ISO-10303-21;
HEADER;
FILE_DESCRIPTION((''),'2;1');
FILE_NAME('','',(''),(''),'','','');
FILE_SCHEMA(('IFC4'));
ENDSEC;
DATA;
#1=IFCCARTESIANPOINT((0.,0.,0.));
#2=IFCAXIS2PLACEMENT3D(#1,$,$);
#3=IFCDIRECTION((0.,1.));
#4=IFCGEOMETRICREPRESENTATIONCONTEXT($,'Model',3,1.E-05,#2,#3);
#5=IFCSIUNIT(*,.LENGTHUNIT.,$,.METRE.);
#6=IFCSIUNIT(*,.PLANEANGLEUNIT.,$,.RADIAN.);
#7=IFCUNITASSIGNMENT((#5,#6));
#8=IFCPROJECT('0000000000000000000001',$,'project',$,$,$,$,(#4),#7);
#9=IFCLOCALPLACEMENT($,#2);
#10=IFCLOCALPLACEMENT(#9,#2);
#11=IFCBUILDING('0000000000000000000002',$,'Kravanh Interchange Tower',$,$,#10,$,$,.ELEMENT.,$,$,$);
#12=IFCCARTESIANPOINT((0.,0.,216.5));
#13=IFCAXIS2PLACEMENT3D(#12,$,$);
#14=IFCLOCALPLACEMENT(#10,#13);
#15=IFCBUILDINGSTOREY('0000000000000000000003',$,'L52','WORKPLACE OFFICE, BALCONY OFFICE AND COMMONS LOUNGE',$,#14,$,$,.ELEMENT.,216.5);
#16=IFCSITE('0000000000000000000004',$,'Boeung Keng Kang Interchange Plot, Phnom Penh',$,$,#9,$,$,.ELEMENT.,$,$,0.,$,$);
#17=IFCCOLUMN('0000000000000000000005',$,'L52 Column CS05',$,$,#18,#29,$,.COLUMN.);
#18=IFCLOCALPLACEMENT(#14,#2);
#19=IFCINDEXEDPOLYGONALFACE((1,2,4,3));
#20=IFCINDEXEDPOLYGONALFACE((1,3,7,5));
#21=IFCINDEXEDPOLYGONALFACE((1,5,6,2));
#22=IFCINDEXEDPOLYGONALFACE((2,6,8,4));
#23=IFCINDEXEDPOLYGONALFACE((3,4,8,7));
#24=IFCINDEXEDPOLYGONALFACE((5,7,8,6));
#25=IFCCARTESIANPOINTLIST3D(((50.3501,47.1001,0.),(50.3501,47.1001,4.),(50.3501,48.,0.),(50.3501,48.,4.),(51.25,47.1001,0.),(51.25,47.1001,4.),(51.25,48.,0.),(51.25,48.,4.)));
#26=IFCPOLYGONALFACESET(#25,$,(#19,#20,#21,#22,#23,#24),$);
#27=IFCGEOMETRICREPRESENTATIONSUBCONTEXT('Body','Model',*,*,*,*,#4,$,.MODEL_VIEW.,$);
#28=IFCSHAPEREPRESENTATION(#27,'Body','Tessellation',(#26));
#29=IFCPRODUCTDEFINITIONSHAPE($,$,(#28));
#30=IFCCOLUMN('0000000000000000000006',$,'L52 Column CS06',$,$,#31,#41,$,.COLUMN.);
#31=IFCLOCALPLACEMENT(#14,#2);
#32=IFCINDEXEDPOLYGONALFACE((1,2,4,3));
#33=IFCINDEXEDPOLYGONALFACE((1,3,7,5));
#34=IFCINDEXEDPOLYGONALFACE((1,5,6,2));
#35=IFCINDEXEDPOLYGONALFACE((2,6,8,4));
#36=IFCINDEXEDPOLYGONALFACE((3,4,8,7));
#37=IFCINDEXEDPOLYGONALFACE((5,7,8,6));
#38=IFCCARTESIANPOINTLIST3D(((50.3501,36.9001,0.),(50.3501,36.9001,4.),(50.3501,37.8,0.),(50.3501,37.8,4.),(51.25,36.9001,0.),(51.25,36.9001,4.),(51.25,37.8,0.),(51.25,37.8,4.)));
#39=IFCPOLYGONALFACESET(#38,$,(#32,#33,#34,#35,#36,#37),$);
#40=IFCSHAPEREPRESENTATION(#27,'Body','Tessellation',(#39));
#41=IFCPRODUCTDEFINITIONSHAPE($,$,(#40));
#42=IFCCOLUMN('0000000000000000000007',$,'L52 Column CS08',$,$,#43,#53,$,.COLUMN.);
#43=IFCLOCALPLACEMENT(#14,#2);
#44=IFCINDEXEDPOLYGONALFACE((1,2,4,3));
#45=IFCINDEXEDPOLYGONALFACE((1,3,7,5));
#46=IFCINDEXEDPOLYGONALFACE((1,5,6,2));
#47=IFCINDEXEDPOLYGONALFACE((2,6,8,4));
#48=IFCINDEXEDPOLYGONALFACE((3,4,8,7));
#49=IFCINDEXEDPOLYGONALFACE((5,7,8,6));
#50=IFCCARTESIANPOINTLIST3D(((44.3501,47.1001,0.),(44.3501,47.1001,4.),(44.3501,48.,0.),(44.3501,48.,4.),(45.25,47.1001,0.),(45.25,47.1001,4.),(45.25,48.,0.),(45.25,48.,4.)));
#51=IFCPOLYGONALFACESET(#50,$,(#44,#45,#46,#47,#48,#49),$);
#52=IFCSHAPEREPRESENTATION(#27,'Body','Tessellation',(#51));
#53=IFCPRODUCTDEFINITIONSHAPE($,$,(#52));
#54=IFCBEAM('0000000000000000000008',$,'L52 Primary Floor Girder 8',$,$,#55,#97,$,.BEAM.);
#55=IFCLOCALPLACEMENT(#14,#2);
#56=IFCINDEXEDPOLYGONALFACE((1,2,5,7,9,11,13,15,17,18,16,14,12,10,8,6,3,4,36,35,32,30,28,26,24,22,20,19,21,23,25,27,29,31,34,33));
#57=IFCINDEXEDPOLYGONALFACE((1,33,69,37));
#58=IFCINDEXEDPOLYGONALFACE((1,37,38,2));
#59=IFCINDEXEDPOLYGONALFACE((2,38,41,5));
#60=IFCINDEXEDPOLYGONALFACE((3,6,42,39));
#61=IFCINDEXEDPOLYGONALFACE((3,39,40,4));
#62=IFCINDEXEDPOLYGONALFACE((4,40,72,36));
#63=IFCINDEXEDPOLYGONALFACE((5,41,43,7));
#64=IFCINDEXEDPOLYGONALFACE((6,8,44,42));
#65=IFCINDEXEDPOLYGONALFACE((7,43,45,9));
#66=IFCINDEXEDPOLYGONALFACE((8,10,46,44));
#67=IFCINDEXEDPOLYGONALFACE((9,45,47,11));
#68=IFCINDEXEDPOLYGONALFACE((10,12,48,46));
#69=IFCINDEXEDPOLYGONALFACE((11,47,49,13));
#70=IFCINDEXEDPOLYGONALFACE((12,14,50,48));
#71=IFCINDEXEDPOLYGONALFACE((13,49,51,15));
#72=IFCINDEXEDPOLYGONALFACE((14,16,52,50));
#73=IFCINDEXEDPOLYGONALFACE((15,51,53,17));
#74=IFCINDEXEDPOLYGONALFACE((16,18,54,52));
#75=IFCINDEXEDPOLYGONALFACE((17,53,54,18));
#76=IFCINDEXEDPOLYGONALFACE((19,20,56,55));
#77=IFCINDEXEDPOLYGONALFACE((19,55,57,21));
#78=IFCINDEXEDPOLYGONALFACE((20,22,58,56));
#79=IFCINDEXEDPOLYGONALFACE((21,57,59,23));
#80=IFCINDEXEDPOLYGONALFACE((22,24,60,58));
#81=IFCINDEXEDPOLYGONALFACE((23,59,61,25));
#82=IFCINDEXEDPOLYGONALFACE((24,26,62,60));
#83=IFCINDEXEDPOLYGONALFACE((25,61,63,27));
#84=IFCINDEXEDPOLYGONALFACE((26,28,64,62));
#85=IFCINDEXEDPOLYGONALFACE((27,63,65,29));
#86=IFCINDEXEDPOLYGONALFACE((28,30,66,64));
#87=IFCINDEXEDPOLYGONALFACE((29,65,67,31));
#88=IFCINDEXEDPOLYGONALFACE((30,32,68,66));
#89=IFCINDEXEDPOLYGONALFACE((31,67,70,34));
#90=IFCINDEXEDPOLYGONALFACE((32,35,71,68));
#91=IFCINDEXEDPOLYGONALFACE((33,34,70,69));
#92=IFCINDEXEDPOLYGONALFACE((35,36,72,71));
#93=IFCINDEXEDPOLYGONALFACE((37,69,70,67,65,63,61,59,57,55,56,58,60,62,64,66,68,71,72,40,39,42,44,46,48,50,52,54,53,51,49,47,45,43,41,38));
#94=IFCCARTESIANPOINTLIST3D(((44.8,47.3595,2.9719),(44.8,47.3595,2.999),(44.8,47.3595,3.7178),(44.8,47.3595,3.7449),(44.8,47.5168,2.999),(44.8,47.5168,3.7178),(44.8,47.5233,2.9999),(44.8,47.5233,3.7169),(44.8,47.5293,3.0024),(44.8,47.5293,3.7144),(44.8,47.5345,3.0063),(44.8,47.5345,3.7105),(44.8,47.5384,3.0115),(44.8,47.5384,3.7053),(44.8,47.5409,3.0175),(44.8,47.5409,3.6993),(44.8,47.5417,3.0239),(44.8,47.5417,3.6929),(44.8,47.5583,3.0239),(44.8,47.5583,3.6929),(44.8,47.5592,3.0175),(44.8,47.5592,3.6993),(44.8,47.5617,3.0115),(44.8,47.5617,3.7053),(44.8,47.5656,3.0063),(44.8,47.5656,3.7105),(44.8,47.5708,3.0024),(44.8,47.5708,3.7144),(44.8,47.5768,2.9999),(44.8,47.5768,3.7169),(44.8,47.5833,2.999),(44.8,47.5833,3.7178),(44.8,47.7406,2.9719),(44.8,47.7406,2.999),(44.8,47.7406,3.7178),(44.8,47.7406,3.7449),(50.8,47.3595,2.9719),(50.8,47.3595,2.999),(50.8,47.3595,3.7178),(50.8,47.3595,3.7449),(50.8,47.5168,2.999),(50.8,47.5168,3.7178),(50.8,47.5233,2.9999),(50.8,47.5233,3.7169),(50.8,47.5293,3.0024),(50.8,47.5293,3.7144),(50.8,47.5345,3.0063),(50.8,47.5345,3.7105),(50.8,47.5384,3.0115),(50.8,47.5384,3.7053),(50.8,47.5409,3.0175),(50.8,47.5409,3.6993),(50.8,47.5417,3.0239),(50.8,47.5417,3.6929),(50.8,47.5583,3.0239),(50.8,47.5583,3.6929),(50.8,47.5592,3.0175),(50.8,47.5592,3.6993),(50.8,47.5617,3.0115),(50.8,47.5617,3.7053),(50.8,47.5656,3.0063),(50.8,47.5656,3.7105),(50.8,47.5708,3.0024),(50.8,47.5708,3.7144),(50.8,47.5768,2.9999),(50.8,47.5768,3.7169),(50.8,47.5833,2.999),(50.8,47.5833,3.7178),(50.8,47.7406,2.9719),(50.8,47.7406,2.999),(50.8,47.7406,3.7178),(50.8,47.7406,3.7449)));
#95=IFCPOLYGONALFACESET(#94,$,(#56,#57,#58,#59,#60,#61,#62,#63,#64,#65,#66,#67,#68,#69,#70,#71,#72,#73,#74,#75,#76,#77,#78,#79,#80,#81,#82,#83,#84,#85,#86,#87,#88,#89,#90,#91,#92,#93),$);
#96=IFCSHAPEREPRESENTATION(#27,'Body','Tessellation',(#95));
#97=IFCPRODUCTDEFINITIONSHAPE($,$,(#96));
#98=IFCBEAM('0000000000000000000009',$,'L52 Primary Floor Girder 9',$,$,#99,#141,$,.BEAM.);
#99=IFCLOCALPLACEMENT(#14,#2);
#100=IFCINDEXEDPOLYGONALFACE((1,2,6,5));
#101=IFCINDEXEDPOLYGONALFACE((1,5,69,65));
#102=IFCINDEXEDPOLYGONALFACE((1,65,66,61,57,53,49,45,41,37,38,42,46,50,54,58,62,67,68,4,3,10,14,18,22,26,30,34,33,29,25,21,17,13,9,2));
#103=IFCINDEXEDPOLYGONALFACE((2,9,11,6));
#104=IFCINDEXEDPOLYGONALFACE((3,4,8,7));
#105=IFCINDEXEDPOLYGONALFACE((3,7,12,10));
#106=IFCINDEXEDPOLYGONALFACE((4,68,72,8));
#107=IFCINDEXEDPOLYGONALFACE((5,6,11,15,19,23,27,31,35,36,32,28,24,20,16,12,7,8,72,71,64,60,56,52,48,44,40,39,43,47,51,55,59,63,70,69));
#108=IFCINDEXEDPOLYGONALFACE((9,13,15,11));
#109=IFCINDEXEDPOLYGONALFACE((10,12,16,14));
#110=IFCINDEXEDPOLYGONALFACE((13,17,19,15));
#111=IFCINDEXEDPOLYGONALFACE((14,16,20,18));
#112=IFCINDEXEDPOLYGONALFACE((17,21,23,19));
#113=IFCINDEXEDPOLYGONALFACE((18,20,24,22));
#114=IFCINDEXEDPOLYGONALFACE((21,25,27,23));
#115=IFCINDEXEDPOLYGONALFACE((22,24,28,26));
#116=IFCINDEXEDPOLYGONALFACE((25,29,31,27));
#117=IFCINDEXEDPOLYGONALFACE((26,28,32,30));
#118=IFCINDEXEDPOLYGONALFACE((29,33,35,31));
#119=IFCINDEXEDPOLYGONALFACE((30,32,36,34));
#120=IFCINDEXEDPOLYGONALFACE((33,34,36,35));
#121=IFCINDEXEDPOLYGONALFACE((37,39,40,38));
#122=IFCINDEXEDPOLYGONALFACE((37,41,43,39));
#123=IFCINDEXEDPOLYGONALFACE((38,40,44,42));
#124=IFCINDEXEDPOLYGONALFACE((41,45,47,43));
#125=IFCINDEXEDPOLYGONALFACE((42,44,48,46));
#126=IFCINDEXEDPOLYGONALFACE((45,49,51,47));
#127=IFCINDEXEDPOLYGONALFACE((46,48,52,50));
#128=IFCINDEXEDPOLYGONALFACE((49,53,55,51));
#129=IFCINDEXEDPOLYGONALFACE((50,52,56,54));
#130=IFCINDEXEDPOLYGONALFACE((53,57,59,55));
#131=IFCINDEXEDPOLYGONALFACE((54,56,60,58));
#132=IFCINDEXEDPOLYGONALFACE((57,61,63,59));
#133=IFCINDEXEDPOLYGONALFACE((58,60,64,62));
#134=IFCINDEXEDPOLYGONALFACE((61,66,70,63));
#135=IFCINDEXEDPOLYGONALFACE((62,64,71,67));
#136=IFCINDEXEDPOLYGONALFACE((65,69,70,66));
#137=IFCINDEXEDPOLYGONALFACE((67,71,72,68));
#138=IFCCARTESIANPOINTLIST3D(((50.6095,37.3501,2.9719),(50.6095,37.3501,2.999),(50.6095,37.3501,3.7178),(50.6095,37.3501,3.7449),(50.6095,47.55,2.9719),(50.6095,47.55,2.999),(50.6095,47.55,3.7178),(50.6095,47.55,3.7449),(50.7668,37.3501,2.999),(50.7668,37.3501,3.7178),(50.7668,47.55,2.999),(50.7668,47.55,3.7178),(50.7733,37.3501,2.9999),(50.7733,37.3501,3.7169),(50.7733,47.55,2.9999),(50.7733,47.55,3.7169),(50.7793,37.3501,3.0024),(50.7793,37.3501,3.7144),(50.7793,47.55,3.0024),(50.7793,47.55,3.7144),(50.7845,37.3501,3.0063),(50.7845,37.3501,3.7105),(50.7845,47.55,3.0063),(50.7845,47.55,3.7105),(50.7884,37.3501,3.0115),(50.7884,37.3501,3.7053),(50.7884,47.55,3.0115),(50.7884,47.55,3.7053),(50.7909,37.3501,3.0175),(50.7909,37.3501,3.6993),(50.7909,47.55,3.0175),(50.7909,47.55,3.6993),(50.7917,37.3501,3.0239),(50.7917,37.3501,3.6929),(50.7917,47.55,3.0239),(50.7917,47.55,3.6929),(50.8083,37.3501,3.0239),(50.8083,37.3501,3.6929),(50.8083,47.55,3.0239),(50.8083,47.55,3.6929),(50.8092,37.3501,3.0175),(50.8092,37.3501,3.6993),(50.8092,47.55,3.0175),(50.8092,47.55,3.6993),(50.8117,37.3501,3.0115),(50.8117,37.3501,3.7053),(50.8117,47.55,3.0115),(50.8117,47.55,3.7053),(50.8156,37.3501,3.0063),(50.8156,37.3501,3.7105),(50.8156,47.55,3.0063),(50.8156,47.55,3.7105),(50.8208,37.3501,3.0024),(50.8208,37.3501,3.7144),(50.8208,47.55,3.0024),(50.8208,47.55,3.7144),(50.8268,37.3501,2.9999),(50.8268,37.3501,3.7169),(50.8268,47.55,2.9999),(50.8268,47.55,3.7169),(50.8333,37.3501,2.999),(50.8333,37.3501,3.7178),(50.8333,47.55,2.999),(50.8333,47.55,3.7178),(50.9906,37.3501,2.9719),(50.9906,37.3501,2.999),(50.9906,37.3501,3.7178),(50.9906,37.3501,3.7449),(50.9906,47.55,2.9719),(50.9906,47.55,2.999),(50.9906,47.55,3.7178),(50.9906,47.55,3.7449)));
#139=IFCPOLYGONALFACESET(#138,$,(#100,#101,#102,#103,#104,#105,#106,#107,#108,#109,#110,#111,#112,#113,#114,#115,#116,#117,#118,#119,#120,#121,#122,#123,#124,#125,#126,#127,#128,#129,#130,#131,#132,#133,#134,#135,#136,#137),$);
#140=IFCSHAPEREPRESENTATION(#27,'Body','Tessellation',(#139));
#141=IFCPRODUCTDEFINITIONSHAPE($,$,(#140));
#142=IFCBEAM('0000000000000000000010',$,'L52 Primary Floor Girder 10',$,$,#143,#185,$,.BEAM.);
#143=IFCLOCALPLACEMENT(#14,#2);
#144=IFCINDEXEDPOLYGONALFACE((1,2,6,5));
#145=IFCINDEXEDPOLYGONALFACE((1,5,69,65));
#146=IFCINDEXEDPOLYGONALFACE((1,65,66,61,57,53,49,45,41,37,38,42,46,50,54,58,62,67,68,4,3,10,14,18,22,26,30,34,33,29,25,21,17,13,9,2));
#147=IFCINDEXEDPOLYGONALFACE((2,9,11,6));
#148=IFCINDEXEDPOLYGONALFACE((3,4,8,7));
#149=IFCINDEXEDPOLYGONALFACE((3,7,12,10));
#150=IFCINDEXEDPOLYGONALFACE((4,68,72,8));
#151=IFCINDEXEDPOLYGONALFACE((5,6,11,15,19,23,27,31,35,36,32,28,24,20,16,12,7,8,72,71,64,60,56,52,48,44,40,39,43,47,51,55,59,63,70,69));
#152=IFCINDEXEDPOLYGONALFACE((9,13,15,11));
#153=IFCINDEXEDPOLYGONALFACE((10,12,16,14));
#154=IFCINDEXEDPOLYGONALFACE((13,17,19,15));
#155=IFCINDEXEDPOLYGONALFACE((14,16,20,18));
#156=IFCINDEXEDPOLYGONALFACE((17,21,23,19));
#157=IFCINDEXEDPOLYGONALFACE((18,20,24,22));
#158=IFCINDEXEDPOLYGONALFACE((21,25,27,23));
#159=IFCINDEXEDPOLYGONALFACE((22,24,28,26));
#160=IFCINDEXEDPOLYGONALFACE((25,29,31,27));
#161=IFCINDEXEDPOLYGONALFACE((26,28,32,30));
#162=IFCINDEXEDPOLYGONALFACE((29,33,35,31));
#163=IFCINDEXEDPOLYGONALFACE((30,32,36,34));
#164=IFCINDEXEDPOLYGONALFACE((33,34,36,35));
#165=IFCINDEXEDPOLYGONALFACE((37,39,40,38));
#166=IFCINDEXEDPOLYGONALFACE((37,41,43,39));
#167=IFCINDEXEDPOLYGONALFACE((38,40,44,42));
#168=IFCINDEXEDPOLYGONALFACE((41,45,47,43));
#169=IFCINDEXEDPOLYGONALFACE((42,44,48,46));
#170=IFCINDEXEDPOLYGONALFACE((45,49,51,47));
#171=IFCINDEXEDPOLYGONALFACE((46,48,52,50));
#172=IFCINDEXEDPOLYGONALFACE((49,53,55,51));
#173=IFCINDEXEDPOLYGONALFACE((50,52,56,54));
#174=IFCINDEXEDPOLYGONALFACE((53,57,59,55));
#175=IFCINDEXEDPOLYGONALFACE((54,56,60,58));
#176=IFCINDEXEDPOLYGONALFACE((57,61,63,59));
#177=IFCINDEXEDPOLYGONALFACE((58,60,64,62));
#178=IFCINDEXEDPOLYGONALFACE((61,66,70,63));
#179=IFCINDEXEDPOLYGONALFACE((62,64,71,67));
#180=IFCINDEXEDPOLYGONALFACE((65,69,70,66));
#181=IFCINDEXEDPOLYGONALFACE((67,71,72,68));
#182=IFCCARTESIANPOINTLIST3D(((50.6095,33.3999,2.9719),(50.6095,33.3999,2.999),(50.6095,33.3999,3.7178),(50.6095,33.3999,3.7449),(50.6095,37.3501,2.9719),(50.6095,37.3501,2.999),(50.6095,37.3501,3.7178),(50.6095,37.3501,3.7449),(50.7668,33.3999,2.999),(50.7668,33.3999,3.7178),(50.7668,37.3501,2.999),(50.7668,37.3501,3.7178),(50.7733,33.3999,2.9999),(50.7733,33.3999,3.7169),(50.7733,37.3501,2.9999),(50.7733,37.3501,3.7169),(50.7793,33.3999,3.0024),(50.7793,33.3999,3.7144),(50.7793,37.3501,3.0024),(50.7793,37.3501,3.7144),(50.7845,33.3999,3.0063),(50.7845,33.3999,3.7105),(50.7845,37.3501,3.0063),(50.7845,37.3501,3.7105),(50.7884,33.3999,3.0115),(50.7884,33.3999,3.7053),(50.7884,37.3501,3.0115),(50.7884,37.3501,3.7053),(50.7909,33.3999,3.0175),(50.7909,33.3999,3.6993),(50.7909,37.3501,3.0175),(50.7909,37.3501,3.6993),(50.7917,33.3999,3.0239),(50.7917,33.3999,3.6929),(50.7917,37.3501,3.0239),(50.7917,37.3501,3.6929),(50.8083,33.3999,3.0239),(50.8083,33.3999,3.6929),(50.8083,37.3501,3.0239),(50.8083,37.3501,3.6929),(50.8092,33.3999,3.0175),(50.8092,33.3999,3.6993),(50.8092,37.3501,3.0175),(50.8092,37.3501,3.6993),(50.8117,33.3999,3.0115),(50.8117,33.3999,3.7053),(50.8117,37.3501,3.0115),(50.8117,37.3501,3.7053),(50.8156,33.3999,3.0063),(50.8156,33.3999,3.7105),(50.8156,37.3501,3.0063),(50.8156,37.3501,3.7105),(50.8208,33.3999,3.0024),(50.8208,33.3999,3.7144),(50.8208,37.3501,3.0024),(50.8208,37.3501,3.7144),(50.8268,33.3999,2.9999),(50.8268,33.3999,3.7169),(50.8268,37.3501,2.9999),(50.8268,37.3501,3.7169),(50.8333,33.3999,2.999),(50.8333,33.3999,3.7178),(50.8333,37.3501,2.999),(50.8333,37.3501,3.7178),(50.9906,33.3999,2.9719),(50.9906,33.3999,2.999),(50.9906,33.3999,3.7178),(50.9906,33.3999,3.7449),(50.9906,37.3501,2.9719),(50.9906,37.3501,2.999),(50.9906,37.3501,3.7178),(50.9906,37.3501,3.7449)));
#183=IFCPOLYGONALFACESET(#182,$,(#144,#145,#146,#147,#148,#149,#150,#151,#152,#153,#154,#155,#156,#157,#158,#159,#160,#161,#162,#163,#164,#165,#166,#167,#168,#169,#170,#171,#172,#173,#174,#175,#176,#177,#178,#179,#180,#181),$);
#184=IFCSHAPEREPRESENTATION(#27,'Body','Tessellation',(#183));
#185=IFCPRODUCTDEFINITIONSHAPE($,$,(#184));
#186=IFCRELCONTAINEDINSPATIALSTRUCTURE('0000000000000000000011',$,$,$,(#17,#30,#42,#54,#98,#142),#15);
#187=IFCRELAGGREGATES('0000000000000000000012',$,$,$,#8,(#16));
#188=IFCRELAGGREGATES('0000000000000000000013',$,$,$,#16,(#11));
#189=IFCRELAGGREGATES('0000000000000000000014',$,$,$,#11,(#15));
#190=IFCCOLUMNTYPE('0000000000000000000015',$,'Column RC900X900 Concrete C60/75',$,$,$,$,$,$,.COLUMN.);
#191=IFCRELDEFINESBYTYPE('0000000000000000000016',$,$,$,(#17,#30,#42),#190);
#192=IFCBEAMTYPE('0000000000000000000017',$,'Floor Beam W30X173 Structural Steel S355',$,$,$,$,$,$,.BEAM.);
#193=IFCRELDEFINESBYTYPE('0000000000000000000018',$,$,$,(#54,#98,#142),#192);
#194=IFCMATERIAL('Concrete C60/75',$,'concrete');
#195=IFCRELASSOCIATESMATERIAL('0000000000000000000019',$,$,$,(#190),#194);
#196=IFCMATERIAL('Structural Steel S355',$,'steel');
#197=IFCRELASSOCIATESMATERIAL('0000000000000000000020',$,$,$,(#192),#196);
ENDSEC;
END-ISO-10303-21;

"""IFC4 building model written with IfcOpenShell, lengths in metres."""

from ifc_helpers import new_model, si_unit, direction, frame, origin, origin_2d, place, context, subcontext, project, spatial, rectangle, i_section, extrude, material, material_profile, profile_set, type_object, element, save


model = new_model("IFC4")

# Units and contexts
model_context = context("Model", 3, precision=1e-05, world=origin(), true_north=direction((0.0, 1.0)))
body_context = subcontext(model_context, "Body", "Model", "MODEL_VIEW")
ifc_project = project(units=[si_unit("LENGTHUNIT", "METRE"), si_unit("PLANEANGLEUNIT", "RADIAN")], contexts=[model_context])

# Site, building, storey
site_placement = place(None, origin())
site = spatial("IfcSite", under=ifc_project, at=site_placement, Name="Boeung Keng Kang Interchange Plot, Phnom Penh", CompositionType="ELEMENT", RefElevation=0.0)
building_placement = place(site_placement, origin())
building = spatial("IfcBuilding", under=site, at=building_placement, Name="Kravanh Interchange Tower", CompositionType="ELEMENT")
storey_placement = place(building_placement, frame((0.0, 0.0, 216.5)))
storey = spatial("IfcBuildingStorey", under=building, at=storey_placement, Name="L52", Description="WORKPLACE OFFICE, BALCONY OFFICE AND COMMONS LOUNGE", CompositionType="ELEMENT", Elevation=216.5)

# Columns
ifc_material_1 = material(Name="Concrete C60/75", Category="concrete")
ifc_material_profile_1 = material_profile(ifc_material_1, rectangle(XDim=0.8999, YDim=0.8999, at=origin_2d()), Name="RC900X900")
ifc_profile_set_1 = profile_set([ifc_material_profile_1], Name="Concrete C60/75")
column_type = type_object("IfcColumnType", Name="Column RC900X900 Concrete C60/75", PredefinedType="COLUMN", material=ifc_profile_set_1)
for number, where, z_axis, x_axis, name in (
    (1, (50.8, 47.55, 0.0), (0.0, 0.0, 1.0), (1.0, 0.0, 0.0), "L52 Column CS05"),
    (2, (50.8, 37.3501, 0.0), (0.0, 0.0, 1.0), (1.0, 0.0, 0.0), "L52 Column CS06"),
    (3, (44.8, 47.55, 0.0), (0.0, 0.0, 1.0), (1.0, 0.0, 0.0), "L52 Column CS08"),
):
    element("IfcColumn", number, at=place(storey_placement, frame(where, z_axis=z_axis, x_axis=x_axis)), inside=storey, type_object=column_type, Name=name, PredefinedType="COLUMN", context=body_context, shape_type="SweptSolid", body=[
        extrude(rectangle(XDim=0.8999, YDim=0.8999, at=origin_2d()), origin(), (0.0, 0.0, 1.0), 4.0),
    ])

# Beams
ifc_material_2 = material(Name="Structural Steel S355", Category="steel")
ifc_material_profile_2 = material_profile(ifc_material_2, i_section(OverallWidth=0.3811, OverallDepth=0.7729, WebThickness=0.0166, FlangeThickness=0.0271, FilletRadius=0.0249, at=origin_2d()), Name="W30X173")
ifc_profile_set_2 = profile_set([ifc_material_profile_2], Name="Structural Steel S355")
beam_type_1 = type_object("IfcBeamType", Name="Floor Beam W30X173 Structural Steel S355", PredefinedType="BEAM", material=ifc_profile_set_2)
beam_1_placement = place(storey_placement, frame((50.8, 47.55, 3.3584), z_axis=(-1.0, 0.0, 0.0), x_axis=(0.0, -1.0, 0.0)))
element("IfcBeam", 4, at=beam_1_placement, inside=storey, type_object=beam_type_1, Name="L52 Primary Floor Girder 8", PredefinedType="BEAM", context=body_context, shape_type="SweptSolid", body=[
    extrude(i_section(OverallWidth=0.3811, OverallDepth=0.7729, WebThickness=0.0166, FlangeThickness=0.0271, FilletRadius=0.0249, at=origin_2d()), origin(), (0.0, 0.0, 1.0), 6.0),
])
beam_2_placement = place(storey_placement, frame((50.8, 47.55, 3.3584), z_axis=(0.0, -1.0, 0.0), x_axis=(1.0, 0.0, 0.0)))
element("IfcBeam", 5, at=beam_2_placement, inside=storey, type_object=beam_type_1, Name="L52 Primary Floor Girder 9", PredefinedType="BEAM", context=body_context, shape_type="SweptSolid", body=[
    extrude(i_section(OverallWidth=0.3811, OverallDepth=0.7729, WebThickness=0.0166, FlangeThickness=0.0271, FilletRadius=0.0249, at=origin_2d()), origin(), (0.0, 0.0, 1.0), 10.2),
])
beam_3_placement = place(storey_placement, frame((50.8, 37.3501, 3.3584), z_axis=(0.0, -1.0, 0.0), x_axis=(1.0, 0.0, 0.0)))
element("IfcBeam", 6, at=beam_3_placement, inside=storey, type_object=beam_type_1, Name="L52 Primary Floor Girder 10", PredefinedType="BEAM", context=body_context, shape_type="SweptSolid", body=[
    extrude(i_section(OverallWidth=0.3811, OverallDepth=0.7729, WebThickness=0.0166, FlangeThickness=0.0271, FilletRadius=0.0249, at=origin_2d()), origin(), (0.0, 0.0, 1.0), 3.9502),
])

save(model, "model.ifc")
